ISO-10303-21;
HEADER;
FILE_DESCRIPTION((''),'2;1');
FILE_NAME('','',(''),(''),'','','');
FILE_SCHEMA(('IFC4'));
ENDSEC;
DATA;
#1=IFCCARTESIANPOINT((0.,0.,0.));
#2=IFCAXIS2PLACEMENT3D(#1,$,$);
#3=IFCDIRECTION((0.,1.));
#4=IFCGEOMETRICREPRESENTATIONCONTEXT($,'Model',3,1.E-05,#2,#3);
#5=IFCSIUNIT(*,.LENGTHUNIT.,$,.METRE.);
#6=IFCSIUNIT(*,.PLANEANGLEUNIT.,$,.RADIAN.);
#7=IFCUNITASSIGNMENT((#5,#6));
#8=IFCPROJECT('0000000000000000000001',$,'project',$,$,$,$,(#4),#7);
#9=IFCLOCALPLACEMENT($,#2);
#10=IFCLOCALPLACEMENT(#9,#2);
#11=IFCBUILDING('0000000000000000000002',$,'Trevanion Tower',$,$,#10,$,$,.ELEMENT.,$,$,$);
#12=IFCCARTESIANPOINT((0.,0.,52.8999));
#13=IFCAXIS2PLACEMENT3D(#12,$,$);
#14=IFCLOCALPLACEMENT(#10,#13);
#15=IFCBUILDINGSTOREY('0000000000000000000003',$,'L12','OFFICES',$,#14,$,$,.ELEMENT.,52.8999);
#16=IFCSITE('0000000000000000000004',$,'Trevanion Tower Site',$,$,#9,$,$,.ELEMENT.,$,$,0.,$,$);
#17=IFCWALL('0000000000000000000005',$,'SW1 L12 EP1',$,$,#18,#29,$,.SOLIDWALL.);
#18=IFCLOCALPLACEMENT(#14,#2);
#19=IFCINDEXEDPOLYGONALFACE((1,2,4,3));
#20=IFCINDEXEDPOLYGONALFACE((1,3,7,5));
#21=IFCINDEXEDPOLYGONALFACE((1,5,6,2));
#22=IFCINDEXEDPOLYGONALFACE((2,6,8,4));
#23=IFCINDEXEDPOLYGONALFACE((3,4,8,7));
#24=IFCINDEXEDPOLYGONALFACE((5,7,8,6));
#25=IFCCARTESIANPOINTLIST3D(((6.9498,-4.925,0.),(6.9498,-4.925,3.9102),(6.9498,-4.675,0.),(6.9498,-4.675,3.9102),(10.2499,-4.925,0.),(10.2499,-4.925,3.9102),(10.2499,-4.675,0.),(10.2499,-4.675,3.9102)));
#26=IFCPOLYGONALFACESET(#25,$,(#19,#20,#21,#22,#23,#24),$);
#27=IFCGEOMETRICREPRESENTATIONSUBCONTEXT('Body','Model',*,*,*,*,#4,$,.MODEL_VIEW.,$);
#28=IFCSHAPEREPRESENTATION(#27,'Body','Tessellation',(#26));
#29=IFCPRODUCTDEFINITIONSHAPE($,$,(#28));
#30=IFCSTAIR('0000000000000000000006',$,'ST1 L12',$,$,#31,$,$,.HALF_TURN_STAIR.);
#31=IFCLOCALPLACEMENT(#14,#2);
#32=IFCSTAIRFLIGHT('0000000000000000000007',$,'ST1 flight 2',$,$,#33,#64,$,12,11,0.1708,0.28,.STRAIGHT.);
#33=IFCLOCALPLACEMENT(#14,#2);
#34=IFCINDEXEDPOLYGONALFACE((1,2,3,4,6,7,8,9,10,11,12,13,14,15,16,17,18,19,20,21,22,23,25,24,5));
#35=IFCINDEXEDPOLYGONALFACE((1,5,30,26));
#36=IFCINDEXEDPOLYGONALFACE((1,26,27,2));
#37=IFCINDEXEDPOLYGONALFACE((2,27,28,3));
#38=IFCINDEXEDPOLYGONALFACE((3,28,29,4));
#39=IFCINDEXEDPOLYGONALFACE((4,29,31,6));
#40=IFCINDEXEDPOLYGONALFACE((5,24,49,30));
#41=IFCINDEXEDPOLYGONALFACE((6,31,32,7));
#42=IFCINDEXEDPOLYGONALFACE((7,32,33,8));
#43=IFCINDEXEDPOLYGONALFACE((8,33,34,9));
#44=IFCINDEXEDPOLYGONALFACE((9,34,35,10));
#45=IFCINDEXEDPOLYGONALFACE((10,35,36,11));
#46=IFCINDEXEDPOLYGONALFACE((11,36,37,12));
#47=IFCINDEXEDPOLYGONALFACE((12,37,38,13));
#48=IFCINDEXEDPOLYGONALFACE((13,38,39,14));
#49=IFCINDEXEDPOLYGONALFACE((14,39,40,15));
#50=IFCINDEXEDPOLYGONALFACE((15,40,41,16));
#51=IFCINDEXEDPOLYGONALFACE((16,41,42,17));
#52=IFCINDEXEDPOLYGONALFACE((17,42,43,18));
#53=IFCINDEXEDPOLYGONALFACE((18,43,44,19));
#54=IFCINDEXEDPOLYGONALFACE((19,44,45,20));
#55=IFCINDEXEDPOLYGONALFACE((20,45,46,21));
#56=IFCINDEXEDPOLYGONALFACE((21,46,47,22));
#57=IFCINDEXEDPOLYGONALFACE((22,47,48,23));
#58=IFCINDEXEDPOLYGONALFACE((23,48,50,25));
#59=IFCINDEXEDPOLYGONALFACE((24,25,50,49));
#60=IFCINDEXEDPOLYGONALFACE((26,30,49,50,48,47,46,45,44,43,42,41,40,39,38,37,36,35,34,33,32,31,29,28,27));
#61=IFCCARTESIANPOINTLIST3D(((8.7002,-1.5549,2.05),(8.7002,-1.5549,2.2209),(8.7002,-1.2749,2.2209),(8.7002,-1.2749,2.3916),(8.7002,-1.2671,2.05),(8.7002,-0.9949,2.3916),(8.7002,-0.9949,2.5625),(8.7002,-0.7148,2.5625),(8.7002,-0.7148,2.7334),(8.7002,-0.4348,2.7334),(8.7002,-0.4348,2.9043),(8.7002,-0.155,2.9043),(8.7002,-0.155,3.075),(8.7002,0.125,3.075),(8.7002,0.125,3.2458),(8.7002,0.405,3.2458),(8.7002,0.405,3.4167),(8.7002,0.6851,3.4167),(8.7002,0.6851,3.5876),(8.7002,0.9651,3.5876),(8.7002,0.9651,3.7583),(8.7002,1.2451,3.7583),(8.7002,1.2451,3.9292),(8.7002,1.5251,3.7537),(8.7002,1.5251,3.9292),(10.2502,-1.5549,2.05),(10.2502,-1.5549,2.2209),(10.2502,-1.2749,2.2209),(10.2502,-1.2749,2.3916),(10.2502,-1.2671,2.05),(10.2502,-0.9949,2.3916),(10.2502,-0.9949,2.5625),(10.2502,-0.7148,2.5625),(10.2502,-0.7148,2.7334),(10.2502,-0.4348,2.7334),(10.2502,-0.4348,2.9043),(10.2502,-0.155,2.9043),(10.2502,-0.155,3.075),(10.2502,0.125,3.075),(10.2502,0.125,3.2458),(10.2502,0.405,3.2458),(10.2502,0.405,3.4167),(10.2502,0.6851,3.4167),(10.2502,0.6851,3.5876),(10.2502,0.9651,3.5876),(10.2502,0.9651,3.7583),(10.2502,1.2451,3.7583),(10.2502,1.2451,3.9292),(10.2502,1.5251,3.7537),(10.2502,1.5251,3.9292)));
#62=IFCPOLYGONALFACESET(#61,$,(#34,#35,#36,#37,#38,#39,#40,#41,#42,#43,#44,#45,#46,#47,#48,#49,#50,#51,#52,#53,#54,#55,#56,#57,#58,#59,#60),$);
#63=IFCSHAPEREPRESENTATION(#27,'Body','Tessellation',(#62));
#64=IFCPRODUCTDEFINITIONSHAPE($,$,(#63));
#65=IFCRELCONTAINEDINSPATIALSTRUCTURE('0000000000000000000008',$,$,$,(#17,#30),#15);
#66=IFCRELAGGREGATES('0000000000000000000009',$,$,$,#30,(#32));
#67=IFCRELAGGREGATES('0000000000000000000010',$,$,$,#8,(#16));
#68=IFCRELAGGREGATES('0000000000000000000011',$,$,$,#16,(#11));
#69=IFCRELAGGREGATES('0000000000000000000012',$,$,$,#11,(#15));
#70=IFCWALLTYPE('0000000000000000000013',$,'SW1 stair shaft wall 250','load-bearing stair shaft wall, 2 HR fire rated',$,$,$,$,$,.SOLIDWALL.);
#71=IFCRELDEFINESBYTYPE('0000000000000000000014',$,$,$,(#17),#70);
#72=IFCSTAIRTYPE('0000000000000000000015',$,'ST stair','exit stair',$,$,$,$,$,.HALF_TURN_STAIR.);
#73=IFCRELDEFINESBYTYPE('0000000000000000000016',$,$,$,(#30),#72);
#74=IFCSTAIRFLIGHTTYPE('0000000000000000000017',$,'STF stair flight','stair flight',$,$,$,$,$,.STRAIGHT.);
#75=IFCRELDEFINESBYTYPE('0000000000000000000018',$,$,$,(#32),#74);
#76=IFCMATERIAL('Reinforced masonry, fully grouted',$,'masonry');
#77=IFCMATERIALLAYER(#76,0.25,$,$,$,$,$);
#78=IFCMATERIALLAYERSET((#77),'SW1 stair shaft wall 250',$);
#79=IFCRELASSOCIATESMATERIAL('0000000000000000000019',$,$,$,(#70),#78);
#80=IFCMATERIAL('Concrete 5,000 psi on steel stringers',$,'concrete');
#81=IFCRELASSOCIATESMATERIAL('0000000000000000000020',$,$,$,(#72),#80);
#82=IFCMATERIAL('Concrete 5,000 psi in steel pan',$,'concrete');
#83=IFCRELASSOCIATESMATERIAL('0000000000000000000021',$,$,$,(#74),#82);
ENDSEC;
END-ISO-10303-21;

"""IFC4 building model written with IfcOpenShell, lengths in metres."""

from ifc_helpers import new_model, si_unit, direction, frame, frame_2d, origin, place, context, subcontext, project, spatial, polyline, rectangle, outline, extrude, material, layer, layer_set, type_object, element, aggregate, save


model = new_model("IFC4")

# Units and contexts
model_context = context("Model", 3, precision=1e-05, world=origin(), true_north=direction((0.0, 1.0)))
body_context = subcontext(model_context, "Body", "Model", "MODEL_VIEW")
ifc_project = project(units=[si_unit("LENGTHUNIT", "METRE"), si_unit("PLANEANGLEUNIT", "RADIAN")], contexts=[model_context])

# Site, building, storey
site_placement = place(None, origin())
site = spatial("IfcSite", under=ifc_project, at=site_placement, Name="Trevanion Tower Site", CompositionType="ELEMENT", RefElevation=0.0)
building_placement = place(site_placement, origin())
building = spatial("IfcBuilding", under=site, at=building_placement, Name="Trevanion Tower", CompositionType="ELEMENT")
storey_placement = place(building_placement, frame((0.0, 0.0, 52.8999)))
storey = spatial("IfcBuildingStorey", under=building, at=storey_placement, Name="L12", Description="OFFICES", CompositionType="ELEMENT", Elevation=52.8999)

# Wall
ifc_material_1 = material(Name="Reinforced masonry, fully grouted", Category="masonry")
ifc_layer_1 = layer(ifc_material_1, 0.25)
ifc_layer_set_1 = layer_set([ifc_layer_1], Name="SW1 stair shaft wall 250")
wall_type_1 = type_object("IfcWallType", Name="SW1 stair shaft wall 250", Description="load-bearing stair shaft wall, 2 HR fire rated", PredefinedType="SOLIDWALL", material=ifc_layer_set_1)
wall_1_placement = place(storey_placement, frame((6.95, -4.8, 0.0), z_axis=(0.0, 0.0, 1.0), x_axis=(1.0, 0.0, 0.0)))
element("IfcWall", 1, at=wall_1_placement, inside=storey, type_object=wall_type_1, Name="SW1 L12 EP1", PredefinedType="SOLIDWALL", context=body_context, shape_type="SweptSolid", body=[
    extrude(rectangle(XDim=3.3, YDim=0.25, at=frame_2d((1.6499, 0.0))), origin(), (0.0, 0.0, 1.0), 3.9102),
])

# Stair, stair flight
ifc_material_2 = material(Name="Concrete 5,000 psi on steel stringers", Category="concrete")
stair_type = type_object("IfcStairType", Name="ST stair", Description="exit stair", PredefinedType="HALF_TURN_STAIR", material=ifc_material_2)
stair_placement = place(storey_placement, origin())
stair = element("IfcStair", 2, at=stair_placement, inside=storey, type_object=stair_type, Name="ST1 L12", PredefinedType="HALF_TURN_STAIR")
ifc_material_3 = material(Name="Concrete 5,000 psi in steel pan", Category="concrete")
stair_flight_type = type_object("IfcStairFlightType", Name="STF stair flight", Description="stair flight", PredefinedType="STRAIGHT", material=ifc_material_3)
stair_flight_placement = place(storey_placement, frame((9.4751, -1.5549, 2.05), z_axis=(0.0, 0.0, 1.0), x_axis=(0.0, 1.0, 0.0)))
stair_flight = element("IfcStairFlight", 3, at=stair_flight_placement, type_object=stair_flight_type, Name="ST1 flight 2", NumberOfRisers=12, NumberOfTreads=11, PredefinedType="STRAIGHT", RiserHeight=0.1708, TreadLength=0.28, context=body_context, shape_type="SweptSolid", body=[
    extrude(outline(polyline([(0.0, 0.0), (0.0, 0.1709), (0.28, 0.1709), (0.28, 0.3416), (0.5601, 0.3416), (0.5601, 0.5125), (0.8401, 0.5125), (0.8401, 0.6833), (1.1201, 0.6833), (1.1201, 0.8542), (1.3999, 0.8542), (1.3999, 1.0249), (1.6799, 1.0249), (1.6799, 1.1958), (1.96, 1.1958), (1.96, 1.3667), (2.24, 1.3667), (2.24, 1.5376), (2.52, 1.5376), (2.52, 1.7083), (2.8, 1.7083), (2.8, 1.8792), (3.0801, 1.8792), (3.0801, 2.05), (3.0801, 1.7036), (0.2878, 0.0), (0.0, 0.0)])), frame((0.0, 0.7749, 0.0), z_axis=(0.0, -1.0, 0.0), x_axis=(1.0, 0.0, 0.0)), (0.0, 0.0, 1.0), 1.55),
])
aggregate(stair, [stair_flight])

save(model, "model.ifc")
